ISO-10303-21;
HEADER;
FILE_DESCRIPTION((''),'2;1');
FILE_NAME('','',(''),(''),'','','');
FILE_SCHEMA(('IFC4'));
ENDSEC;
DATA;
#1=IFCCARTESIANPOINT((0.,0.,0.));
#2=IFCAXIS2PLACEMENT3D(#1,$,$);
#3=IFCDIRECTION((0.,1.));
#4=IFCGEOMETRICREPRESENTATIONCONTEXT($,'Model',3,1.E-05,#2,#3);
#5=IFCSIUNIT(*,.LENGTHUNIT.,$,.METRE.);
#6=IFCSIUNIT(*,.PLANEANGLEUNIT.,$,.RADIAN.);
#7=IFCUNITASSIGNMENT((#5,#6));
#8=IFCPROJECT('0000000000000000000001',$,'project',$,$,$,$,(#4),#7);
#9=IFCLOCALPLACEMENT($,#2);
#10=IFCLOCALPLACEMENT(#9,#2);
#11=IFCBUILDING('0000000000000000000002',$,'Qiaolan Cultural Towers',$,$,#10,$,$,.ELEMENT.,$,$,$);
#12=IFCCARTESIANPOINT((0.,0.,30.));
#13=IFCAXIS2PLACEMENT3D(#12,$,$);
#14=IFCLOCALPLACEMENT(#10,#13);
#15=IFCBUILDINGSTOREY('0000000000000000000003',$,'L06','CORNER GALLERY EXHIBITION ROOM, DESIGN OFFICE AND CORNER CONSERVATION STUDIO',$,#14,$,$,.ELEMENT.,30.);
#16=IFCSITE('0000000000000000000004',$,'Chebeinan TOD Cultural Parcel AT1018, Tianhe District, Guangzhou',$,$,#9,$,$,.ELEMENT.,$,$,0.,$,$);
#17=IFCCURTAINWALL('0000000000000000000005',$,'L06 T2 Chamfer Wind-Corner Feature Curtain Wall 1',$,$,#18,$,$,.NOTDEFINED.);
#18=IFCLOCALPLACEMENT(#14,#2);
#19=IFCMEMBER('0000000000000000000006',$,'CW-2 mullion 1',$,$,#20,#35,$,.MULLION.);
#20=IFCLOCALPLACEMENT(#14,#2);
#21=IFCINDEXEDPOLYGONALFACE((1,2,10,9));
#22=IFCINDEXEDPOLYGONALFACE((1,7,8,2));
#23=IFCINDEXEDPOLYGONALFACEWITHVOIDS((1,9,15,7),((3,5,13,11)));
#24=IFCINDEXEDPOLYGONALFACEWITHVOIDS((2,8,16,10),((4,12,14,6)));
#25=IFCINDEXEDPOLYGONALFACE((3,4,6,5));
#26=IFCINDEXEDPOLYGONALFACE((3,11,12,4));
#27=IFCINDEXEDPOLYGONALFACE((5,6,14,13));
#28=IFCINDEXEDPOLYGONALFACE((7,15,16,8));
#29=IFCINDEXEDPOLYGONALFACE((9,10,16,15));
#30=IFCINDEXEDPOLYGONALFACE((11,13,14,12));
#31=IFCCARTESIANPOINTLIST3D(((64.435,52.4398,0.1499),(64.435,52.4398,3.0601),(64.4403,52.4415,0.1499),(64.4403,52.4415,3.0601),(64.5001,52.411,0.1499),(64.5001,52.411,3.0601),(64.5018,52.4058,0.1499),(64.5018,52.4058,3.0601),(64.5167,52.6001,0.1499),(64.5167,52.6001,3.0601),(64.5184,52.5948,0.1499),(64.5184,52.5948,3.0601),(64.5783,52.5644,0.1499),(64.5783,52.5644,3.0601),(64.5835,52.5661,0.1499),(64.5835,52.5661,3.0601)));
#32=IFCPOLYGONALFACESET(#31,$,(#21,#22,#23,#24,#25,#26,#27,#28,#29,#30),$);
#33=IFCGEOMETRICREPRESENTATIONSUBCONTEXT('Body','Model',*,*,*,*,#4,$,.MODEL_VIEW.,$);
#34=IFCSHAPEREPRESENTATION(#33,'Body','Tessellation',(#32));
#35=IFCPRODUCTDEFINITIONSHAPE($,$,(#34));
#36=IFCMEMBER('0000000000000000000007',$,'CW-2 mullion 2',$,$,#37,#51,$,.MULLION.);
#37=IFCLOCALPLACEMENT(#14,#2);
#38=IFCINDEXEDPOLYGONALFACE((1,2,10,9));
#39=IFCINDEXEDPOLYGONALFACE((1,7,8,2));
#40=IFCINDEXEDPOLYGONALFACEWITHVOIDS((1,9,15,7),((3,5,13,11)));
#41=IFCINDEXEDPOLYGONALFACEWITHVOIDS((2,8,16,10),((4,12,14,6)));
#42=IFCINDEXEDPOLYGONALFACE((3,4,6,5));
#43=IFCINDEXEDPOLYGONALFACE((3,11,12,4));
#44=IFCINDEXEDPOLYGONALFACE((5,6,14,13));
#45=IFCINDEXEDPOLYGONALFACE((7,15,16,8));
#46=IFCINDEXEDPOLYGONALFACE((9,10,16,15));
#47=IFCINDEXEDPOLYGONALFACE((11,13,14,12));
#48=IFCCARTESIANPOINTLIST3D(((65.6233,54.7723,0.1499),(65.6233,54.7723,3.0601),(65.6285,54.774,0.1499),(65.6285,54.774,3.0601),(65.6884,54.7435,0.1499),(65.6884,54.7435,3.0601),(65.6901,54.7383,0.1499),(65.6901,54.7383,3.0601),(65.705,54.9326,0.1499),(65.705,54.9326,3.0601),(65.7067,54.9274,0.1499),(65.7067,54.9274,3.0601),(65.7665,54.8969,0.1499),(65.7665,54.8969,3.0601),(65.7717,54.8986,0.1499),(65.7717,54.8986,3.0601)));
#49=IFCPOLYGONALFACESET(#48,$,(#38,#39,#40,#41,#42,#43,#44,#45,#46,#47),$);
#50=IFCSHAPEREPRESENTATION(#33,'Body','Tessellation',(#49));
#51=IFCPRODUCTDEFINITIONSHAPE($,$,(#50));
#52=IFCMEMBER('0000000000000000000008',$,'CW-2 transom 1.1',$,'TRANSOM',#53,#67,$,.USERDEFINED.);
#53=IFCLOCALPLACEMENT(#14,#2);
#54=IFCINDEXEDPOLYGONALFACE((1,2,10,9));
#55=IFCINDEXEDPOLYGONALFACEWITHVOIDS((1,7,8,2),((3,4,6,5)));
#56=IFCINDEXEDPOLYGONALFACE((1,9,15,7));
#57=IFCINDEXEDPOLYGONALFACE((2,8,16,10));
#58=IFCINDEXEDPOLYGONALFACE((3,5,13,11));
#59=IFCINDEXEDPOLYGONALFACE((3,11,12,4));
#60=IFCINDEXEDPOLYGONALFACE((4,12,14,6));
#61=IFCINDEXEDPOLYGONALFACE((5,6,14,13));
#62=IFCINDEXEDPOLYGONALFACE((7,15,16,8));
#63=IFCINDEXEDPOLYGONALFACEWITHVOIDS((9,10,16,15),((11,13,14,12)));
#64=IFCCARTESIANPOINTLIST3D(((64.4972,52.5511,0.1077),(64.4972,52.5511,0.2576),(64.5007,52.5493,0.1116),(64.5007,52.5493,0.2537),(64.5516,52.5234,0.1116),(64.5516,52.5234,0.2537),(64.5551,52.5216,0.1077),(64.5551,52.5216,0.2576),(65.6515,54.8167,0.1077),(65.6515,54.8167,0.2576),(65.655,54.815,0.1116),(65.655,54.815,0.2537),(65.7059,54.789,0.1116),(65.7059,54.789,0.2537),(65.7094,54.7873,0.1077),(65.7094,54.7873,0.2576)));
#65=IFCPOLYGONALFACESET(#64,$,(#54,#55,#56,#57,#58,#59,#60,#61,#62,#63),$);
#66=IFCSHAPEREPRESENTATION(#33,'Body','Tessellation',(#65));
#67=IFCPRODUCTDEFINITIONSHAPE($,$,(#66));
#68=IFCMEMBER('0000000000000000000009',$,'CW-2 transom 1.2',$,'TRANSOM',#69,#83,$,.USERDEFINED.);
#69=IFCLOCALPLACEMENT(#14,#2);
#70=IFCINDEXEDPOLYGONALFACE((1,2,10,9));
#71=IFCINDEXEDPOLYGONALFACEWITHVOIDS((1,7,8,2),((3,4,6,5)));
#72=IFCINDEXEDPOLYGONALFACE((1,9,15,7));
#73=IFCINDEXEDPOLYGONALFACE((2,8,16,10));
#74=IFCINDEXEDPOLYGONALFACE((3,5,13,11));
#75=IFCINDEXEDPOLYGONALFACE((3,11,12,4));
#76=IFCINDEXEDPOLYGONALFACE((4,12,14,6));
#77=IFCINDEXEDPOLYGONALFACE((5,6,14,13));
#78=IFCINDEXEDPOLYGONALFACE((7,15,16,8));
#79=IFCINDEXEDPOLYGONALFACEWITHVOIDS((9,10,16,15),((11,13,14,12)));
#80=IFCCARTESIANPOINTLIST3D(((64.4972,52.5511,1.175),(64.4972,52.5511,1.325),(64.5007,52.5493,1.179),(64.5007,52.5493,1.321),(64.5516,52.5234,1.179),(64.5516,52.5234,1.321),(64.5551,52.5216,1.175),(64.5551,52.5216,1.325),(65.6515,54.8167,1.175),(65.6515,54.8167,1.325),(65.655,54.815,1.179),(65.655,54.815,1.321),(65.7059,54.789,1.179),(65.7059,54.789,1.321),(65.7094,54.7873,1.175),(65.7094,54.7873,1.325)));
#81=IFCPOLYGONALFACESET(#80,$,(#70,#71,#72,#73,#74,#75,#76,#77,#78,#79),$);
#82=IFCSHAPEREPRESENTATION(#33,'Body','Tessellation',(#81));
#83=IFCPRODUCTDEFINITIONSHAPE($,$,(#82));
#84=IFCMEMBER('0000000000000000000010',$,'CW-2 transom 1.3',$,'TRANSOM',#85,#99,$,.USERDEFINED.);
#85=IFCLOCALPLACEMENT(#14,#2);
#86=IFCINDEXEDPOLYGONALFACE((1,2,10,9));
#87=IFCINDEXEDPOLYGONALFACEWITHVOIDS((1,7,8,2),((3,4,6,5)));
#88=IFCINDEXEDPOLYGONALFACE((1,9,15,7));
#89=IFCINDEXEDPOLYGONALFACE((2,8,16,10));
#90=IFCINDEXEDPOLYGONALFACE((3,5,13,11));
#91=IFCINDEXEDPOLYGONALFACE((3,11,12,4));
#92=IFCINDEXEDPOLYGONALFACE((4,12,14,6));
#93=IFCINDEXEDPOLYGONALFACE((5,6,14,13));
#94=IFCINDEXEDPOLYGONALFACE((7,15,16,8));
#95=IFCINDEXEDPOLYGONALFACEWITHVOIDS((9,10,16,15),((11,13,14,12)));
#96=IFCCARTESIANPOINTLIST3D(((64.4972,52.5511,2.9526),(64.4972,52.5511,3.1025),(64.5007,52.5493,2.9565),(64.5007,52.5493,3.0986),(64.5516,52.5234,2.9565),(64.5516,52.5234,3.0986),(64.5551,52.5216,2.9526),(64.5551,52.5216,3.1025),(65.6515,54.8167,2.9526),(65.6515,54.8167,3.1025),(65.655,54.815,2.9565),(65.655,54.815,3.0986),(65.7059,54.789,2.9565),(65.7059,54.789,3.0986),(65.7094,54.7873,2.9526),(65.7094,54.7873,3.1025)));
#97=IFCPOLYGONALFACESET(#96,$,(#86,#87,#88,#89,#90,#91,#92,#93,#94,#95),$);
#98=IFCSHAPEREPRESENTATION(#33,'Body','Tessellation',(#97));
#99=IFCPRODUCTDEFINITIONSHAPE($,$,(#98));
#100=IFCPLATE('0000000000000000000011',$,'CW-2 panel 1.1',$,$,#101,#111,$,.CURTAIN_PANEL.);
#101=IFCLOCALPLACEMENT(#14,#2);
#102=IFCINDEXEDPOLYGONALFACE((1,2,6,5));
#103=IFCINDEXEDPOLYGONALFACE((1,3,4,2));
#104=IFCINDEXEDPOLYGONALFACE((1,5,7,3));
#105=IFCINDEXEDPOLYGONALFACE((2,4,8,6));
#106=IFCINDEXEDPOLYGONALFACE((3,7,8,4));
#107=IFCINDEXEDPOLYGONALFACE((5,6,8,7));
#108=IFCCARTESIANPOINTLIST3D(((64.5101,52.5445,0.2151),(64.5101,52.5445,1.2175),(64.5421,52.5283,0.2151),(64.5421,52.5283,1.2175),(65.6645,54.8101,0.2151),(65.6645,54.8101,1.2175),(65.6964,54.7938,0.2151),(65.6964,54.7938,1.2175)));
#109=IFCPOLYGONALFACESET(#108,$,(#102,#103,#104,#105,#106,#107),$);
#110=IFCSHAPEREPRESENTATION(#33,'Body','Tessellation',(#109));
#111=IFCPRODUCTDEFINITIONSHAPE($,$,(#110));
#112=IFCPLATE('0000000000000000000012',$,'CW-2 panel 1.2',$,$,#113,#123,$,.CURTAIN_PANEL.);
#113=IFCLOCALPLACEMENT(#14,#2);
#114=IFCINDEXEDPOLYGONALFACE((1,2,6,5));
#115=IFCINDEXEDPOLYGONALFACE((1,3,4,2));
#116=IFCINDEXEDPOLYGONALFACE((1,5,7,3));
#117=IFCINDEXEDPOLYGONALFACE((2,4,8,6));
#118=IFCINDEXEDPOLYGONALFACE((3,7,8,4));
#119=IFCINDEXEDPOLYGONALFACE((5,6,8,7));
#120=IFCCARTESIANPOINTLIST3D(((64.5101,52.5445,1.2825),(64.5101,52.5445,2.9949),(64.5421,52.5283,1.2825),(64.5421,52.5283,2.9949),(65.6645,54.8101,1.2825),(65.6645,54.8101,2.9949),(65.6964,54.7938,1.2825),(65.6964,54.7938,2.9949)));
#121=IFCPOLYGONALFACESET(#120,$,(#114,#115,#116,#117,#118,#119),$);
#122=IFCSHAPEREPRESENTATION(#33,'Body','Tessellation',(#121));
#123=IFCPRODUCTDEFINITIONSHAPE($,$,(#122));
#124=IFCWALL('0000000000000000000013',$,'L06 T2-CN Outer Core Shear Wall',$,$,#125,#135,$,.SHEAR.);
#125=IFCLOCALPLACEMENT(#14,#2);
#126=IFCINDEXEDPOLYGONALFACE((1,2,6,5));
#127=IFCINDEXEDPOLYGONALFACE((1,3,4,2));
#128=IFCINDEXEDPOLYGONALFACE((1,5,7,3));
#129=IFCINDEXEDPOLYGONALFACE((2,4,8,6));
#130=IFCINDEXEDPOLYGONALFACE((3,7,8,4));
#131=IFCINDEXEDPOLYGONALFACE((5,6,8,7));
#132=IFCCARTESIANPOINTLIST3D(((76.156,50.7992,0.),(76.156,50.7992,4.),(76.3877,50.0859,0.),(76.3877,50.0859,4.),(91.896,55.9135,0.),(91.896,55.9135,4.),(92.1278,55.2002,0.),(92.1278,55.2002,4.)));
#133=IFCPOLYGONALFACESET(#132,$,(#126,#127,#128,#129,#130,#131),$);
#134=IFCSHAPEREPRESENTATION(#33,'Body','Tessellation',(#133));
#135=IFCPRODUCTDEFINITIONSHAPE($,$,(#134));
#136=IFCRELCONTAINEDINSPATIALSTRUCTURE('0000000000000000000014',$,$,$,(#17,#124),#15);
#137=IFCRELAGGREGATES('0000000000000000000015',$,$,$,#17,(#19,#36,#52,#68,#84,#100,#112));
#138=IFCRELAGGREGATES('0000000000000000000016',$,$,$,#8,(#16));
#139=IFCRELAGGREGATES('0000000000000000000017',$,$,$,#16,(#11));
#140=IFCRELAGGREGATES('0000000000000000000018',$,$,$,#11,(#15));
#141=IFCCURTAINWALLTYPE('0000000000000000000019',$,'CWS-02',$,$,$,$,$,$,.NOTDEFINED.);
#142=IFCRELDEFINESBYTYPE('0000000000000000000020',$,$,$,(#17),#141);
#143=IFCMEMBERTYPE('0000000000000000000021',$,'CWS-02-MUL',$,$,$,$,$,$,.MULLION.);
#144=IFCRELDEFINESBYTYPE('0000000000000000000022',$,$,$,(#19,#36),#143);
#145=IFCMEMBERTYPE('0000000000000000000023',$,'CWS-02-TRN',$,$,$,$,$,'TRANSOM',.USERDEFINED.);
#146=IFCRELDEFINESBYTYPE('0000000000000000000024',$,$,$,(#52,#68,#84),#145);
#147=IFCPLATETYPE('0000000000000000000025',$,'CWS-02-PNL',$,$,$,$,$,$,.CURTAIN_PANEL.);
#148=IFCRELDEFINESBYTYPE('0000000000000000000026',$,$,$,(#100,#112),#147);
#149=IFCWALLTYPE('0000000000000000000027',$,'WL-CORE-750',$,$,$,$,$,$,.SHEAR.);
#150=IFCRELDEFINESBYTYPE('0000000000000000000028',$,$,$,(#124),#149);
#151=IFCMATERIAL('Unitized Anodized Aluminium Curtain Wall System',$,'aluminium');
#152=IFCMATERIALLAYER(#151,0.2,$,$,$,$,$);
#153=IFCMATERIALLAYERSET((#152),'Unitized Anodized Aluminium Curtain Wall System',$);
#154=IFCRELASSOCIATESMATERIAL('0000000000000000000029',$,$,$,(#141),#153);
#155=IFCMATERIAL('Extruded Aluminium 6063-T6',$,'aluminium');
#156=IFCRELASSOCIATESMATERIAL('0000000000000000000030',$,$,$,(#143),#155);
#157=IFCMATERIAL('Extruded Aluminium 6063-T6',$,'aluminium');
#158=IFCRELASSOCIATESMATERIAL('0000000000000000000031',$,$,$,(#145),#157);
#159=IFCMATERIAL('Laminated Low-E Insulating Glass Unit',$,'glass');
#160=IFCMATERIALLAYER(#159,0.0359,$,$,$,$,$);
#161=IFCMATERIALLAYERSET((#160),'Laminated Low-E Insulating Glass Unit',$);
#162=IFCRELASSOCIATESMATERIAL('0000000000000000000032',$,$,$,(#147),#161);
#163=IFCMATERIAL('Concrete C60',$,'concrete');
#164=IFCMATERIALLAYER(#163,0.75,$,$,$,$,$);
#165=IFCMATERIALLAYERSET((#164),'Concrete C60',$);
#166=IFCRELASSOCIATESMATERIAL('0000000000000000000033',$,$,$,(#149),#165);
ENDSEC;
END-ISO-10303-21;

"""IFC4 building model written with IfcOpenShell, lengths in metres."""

from ifc_helpers import new_model, si_unit, direction, frame, frame_2d, origin, origin_2d, place, context, subcontext, project, spatial, rectangle, hollow_rectangle, extrude, material, layer, layer_set, material_profile, profile_set, type_object, element, aggregate, save


model = new_model("IFC4")

# Units and contexts
model_context = context("Model", 3, precision=1e-05, world=origin(), true_north=direction((0.0, 1.0)))
body_context = subcontext(model_context, "Body", "Model", "MODEL_VIEW")
ifc_project = project(units=[si_unit("LENGTHUNIT", "METRE"), si_unit("PLANEANGLEUNIT", "RADIAN")], contexts=[model_context])

# Site, building, storey
site_placement = place(None, origin())
site = spatial("IfcSite", under=ifc_project, at=site_placement, Name="Chebeinan TOD Cultural Parcel AT1018, Tianhe District, Guangzhou", CompositionType="ELEMENT", RefElevation=0.0)
building_placement = place(site_placement, origin())
building = spatial("IfcBuilding", under=site, at=building_placement, Name="Qiaolan Cultural Towers", CompositionType="ELEMENT")
storey_placement = place(building_placement, frame((0.0, 0.0, 30.0)))
storey = spatial("IfcBuildingStorey", under=building, at=storey_placement, Name="L06", Description="CORNER GALLERY EXHIBITION ROOM, DESIGN OFFICE AND CORNER CONSERVATION STUDIO", CompositionType="ELEMENT", Elevation=30.0)

# Curtain wall, members, plates
ifc_material_1 = material(Name="Unitized Anodized Aluminium Curtain Wall System", Category="aluminium")
ifc_layer_1 = layer(ifc_material_1, 0.2)
ifc_layer_set_1 = layer_set([ifc_layer_1], Name="Unitized Anodized Aluminium Curtain Wall System")
curtain_wall_type = type_object("IfcCurtainWallType", Name="CWS-02", PredefinedType="NOTDEFINED", material=ifc_layer_set_1)
curtain_wall_placement = place(storey_placement, origin())
curtain_wall = element("IfcCurtainWall", 1, at=curtain_wall_placement, inside=storey, type_object=curtain_wall_type, Name="L06 T2 Chamfer Wind-Corner Feature Curtain Wall 1", PredefinedType="NOTDEFINED")
ifc_material_2 = material(Name="Extruded Aluminium 6063-T6", Category="aluminium")
ifc_material_profile_1 = material_profile(ifc_material_2, hollow_rectangle(XDim=0.075, YDim=0.1799, WallThickness=0.0039, at=origin_2d()), Name="CWM-180x75x4")
ifc_profile_set_1 = profile_set([ifc_material_profile_1], Name="Extruded Aluminium 6063-T6")
member_type_1 = type_object("IfcMemberType", Name="CWS-02-MUL", PredefinedType="MULLION", material=ifc_profile_set_1)
member_1_placement = place(storey_placement, frame((64.5093, 52.5029, 0.1499), z_axis=(0.0, 0.0, 1.0), x_axis=(-0.891007, 0.45399, 0.0)))
member_1 = element("IfcMember", 2, at=member_1_placement, type_object=member_type_1, Name="CW-2 mullion 1", PredefinedType="MULLION", context=body_context, shape_type="SweptSolid", body=[
    extrude(hollow_rectangle(XDim=0.075, YDim=0.1799, WallThickness=0.0039, at=origin_2d()), origin(), (0.0, 0.0, 1.0), 2.9102),
])
member_2_placement = place(storey_placement, frame((65.6975, 54.8354, 0.1499), z_axis=(0.0, 0.0, 1.0), x_axis=(-0.891007, 0.45399, 0.0)))
member_2 = element("IfcMember", 3, at=member_2_placement, type_object=member_type_1, Name="CW-2 mullion 2", PredefinedType="MULLION", context=body_context, shape_type="SweptSolid", body=[
    extrude(hollow_rectangle(XDim=0.075, YDim=0.1799, WallThickness=0.0039, at=origin_2d()), origin(), (0.0, 0.0, 1.0), 2.9102),
])
ifc_material_3 = material(Name="Extruded Aluminium 6063-T6", Category="aluminium")
ifc_material_profile_2 = material_profile(ifc_material_3, hollow_rectangle(XDim=0.0649, YDim=0.1499, WallThickness=0.0039, at=origin_2d()), Name="CWT-150x65x4")
ifc_profile_set_2 = profile_set([ifc_material_profile_2], Name="Extruded Aluminium 6063-T6")
member_type_2 = type_object("IfcMemberType", Name="CWS-02-TRN", ElementType="TRANSOM", PredefinedType="USERDEFINED", material=ifc_profile_set_2)
member_3_placement = place(storey_placement, frame((64.5261, 52.5364, 0.1826), z_axis=(0.45396, 0.891022, 0.0), x_axis=(-0.891022, 0.45396, 0.0)))
member_3 = element("IfcMember", 4, at=member_3_placement, type_object=member_type_2, Name="CW-2 transom 1.1", ObjectType="TRANSOM", PredefinedType="USERDEFINED", context=body_context, shape_type="SweptSolid", body=[
    extrude(hollow_rectangle(XDim=0.0649, YDim=0.1499, WallThickness=0.0039, at=origin_2d()), origin(), (0.0, 0.0, 1.0), 2.5427),
])
member_4_placement = place(storey_placement, frame((64.5261, 52.5364, 1.25), z_axis=(0.45396, 0.891022, 0.0), x_axis=(-0.891022, 0.45396, 0.0)))
member_4 = element("IfcMember", 5, at=member_4_placement, type_object=member_type_2, Name="CW-2 transom 1.2", ObjectType="TRANSOM", PredefinedType="USERDEFINED", context=body_context, shape_type="SweptSolid", body=[
    extrude(hollow_rectangle(XDim=0.0649, YDim=0.1499, WallThickness=0.0039, at=origin_2d()), origin(), (0.0, 0.0, 1.0), 2.5427),
])
member_5_placement = place(storey_placement, frame((64.5261, 52.5364, 3.0276), z_axis=(0.45396, 0.891022, 0.0), x_axis=(-0.891022, 0.45396, 0.0)))
member_5 = element("IfcMember", 6, at=member_5_placement, type_object=member_type_2, Name="CW-2 transom 1.3", ObjectType="TRANSOM", PredefinedType="USERDEFINED", context=body_context, shape_type="SweptSolid", body=[
    extrude(hollow_rectangle(XDim=0.0649, YDim=0.1499, WallThickness=0.0039, at=origin_2d()), origin(), (0.0, 0.0, 1.0), 2.5427),
])
ifc_material_4 = material(Name="Laminated Low-E Insulating Glass Unit", Category="glass")
ifc_layer_2 = layer(ifc_material_4, 0.0359)
ifc_layer_set_2 = layer_set([ifc_layer_2], Name="Laminated Low-E Insulating Glass Unit")
plate_type = type_object("IfcPlateType", Name="CWS-02-PNL", PredefinedType="CURTAIN_PANEL", material=ifc_layer_set_2)
plate_1_placement = place(storey_placement, frame((65.1033, 53.6692, 0.2151), z_axis=(0.0, 0.0, 1.0), x_axis=(0.45399, 0.891007, 0.0)))
plate_1 = element("IfcPlate", 7, at=plate_1_placement, type_object=plate_type, Name="CW-2 panel 1.1", PredefinedType="CURTAIN_PANEL", context=body_context, shape_type="SweptSolid", body=[
    extrude(rectangle(XDim=2.5427, YDim=0.0359, at=origin_2d()), origin(), (0.0, 0.0, 1.0), 1.0024),
])
plate_2_placement = place(storey_placement, frame((65.1033, 53.6692, 1.2825), z_axis=(0.0, 0.0, 1.0), x_axis=(0.45399, 0.891007, 0.0)))
plate_2 = element("IfcPlate", 8, at=plate_2_placement, type_object=plate_type, Name="CW-2 panel 1.2", PredefinedType="CURTAIN_PANEL", context=body_context, shape_type="SweptSolid", body=[
    extrude(rectangle(XDim=2.5427, YDim=0.0359, at=origin_2d()), origin(), (0.0, 0.0, 1.0), 1.7124),
])
aggregate(curtain_wall, [member_1, member_2, member_3, member_4, member_5, plate_1, plate_2])

# Wall
ifc_material_5 = material(Name="Concrete C60", Category="concrete")
ifc_layer_3 = layer(ifc_material_5, 0.75)
ifc_layer_set_3 = layer_set([ifc_layer_3], Name="Concrete C60")
wall_type_1 = type_object("IfcWallType", Name="WL-CORE-750", PredefinedType="SHEAR", material=ifc_layer_set_3)
wall_1_placement = place(storey_placement, frame((76.272, 50.4426, 0.0), z_axis=(0.0, 0.0, 1.0), x_axis=(0.951056, 0.309018, 0.0)))
element("IfcWall", 9, at=wall_1_placement, inside=storey, type_object=wall_type_1, Name="L06 T2-CN Outer Core Shear Wall", PredefinedType="SHEAR", context=body_context, shape_type="SweptSolid", body=[
    extrude(rectangle(XDim=16.55, YDim=0.75, at=frame_2d((8.2749, 0.0))), origin(), (0.0, 0.0, 1.0), 4.0),
])

save(model, "model.ifc")
